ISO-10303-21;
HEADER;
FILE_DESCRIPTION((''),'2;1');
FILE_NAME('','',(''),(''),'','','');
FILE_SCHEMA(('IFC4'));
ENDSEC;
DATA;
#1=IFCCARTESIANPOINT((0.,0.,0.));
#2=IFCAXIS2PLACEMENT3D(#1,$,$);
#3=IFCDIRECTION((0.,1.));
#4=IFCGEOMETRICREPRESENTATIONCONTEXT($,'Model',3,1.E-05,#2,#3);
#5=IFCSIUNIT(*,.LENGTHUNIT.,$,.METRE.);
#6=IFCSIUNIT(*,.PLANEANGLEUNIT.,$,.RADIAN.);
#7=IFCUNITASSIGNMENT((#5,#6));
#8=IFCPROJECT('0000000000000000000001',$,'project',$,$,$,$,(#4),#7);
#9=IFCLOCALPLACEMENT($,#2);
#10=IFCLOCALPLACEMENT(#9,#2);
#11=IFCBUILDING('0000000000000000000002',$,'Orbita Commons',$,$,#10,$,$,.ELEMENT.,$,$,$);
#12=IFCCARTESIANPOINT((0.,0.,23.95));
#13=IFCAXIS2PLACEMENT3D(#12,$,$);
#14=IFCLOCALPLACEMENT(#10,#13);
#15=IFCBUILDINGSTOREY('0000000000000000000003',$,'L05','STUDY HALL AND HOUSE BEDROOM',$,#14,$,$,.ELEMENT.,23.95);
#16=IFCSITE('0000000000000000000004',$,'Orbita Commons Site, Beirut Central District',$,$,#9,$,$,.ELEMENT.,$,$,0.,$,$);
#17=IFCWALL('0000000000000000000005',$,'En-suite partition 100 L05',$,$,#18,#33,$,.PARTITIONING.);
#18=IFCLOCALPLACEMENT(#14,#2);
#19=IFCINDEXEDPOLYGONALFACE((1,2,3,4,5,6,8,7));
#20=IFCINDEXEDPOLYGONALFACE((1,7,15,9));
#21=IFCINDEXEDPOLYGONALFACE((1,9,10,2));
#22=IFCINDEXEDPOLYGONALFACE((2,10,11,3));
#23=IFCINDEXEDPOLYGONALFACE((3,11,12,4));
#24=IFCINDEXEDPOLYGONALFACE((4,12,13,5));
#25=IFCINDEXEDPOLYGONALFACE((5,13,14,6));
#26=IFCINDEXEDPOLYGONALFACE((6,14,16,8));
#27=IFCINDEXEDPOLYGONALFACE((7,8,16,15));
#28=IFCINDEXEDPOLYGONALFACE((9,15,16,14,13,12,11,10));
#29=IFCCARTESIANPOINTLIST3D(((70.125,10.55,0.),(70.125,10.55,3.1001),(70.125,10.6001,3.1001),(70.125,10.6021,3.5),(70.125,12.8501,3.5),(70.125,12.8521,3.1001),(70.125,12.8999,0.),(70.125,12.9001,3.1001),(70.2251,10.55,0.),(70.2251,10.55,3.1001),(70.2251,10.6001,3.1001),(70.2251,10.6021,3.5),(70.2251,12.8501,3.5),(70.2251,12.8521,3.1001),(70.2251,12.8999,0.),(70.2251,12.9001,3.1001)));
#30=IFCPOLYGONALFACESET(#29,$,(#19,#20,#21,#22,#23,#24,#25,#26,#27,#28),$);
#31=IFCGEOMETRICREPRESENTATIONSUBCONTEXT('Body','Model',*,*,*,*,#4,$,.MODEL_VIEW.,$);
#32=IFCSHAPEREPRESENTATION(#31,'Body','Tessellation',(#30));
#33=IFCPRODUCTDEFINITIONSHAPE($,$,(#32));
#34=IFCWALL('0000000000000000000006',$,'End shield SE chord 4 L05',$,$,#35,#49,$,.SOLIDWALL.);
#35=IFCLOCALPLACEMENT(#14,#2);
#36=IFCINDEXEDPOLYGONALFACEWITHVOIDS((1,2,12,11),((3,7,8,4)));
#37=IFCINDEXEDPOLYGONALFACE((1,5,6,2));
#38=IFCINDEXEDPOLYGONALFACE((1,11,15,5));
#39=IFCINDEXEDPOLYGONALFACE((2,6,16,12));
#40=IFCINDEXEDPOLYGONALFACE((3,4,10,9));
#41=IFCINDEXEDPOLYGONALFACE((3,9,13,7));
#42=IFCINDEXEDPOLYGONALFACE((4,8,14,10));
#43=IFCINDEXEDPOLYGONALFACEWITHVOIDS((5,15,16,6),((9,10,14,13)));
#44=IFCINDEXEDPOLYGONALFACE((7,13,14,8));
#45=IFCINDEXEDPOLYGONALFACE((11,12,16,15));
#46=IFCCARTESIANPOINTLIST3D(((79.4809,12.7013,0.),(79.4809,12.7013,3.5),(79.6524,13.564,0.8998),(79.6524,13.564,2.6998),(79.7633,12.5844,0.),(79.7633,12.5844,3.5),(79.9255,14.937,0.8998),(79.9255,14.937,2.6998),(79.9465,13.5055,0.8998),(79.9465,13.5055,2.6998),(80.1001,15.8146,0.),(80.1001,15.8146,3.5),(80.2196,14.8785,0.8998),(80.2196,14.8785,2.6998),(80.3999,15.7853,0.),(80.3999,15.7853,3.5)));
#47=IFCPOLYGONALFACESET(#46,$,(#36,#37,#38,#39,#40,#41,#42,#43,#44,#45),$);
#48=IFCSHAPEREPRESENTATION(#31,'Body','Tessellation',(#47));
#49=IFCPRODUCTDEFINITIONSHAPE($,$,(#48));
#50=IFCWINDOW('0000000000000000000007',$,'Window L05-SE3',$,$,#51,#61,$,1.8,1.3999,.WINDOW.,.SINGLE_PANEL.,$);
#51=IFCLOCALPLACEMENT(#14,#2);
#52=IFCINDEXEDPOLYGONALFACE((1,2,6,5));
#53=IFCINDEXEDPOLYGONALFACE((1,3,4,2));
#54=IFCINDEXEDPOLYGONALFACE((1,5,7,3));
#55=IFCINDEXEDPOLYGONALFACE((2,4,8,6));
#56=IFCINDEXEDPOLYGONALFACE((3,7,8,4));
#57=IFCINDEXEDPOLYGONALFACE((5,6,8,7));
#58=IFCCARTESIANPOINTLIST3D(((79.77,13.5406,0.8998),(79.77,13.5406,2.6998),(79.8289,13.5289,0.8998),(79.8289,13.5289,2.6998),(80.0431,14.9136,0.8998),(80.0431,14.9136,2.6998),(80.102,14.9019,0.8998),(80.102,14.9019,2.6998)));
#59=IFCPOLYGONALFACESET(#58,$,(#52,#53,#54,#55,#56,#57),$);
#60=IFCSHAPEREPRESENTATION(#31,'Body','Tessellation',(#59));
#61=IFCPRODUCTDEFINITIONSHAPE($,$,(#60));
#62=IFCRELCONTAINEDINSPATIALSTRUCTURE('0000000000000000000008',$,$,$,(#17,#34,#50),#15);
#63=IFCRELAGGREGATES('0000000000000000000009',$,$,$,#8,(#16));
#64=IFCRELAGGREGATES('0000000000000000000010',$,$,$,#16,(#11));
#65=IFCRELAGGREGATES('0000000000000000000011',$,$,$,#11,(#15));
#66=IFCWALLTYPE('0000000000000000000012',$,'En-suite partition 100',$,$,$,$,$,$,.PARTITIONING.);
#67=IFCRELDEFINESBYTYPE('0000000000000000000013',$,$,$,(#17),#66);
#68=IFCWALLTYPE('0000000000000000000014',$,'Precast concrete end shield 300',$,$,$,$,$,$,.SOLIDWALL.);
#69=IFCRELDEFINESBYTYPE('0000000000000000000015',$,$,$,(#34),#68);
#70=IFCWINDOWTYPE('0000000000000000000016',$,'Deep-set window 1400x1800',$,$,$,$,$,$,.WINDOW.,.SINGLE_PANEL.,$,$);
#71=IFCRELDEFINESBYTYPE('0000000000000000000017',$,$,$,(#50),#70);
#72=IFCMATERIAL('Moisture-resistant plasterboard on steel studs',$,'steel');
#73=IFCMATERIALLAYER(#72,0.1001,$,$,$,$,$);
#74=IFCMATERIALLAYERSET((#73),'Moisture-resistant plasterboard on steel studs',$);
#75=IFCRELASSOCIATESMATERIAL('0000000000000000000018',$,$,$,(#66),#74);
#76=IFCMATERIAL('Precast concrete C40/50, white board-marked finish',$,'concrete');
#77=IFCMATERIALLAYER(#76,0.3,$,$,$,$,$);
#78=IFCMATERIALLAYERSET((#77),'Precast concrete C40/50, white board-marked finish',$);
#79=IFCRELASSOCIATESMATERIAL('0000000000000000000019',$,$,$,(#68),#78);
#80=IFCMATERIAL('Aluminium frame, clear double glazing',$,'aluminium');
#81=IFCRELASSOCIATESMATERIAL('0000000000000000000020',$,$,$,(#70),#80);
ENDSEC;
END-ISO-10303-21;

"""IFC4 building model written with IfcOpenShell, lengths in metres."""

from ifc_helpers import new_model, si_unit, direction, frame, frame_2d, origin, place, context, subcontext, project, spatial, polyline, rectangle, outline, extrude, material, layer, layer_set, type_object, element, fill, save


model = new_model("IFC4")

# Units and contexts
model_context = context("Model", 3, precision=1e-05, world=origin(), true_north=direction((0.0, 1.0)))
body_context = subcontext(model_context, "Body", "Model", "MODEL_VIEW")
ifc_project = project(units=[si_unit("LENGTHUNIT", "METRE"), si_unit("PLANEANGLEUNIT", "RADIAN")], contexts=[model_context])

# Site, building, storey
site_placement = place(None, origin())
site = spatial("IfcSite", under=ifc_project, at=site_placement, Name="Orbita Commons Site, Beirut Central District", CompositionType="ELEMENT", RefElevation=0.0)
building_placement = place(site_placement, origin())
building = spatial("IfcBuilding", under=site, at=building_placement, Name="Orbita Commons", CompositionType="ELEMENT")
storey_placement = place(building_placement, frame((0.0, 0.0, 23.95)))
storey = spatial("IfcBuildingStorey", under=building, at=storey_placement, Name="L05", Description="STUDY HALL AND HOUSE BEDROOM", CompositionType="ELEMENT", Elevation=23.95)

# Shared definitions
ifc_material_1 = material(Name="Moisture-resistant plasterboard on steel studs", Category="steel")
ifc_layer_1 = layer(ifc_material_1, 0.1001)
ifc_layer_set_1 = layer_set([ifc_layer_1], Name="Moisture-resistant plasterboard on steel studs")
wall_type_1 = type_object("IfcWallType", Name="En-suite partition 100", PredefinedType="PARTITIONING", material=ifc_layer_set_1)

# Wall
wall_1_placement = place(storey_placement, frame((70.175, 10.55, 0.0), z_axis=(0.0, 0.0, 1.0), x_axis=(0.0, 1.0, 0.0)))
element("IfcWall", 1, at=wall_1_placement, inside=storey, type_object=wall_type_1, Name="En-suite partition 100 L05", PredefinedType="PARTITIONING", context=body_context, shape_type="SweptSolid", body=[
    extrude(outline(polyline([(0.0, 0.0), (2.3499, 0.0), (2.3501, 3.1001), (2.302, 3.1001), (2.3, 3.5), (0.052, 3.5), (0.05, 3.1001), (0.0, 3.1001), (0.0, 0.0)])), frame((0.0, 0.05, 0.0), z_axis=(0.0, -1.0, 0.0), x_axis=(1.0, 0.0, 0.0)), (0.0, 0.0, 1.0), 0.1001),
])

# Wall, opening, window
ifc_material_2 = material(Name="Precast concrete C40/50, white board-marked finish", Category="concrete")
ifc_layer_2 = layer(ifc_material_2, 0.3)
ifc_layer_set_2 = layer_set([ifc_layer_2], Name="Precast concrete C40/50, white board-marked finish")
wall_type_2 = type_object("IfcWallType", Name="Precast concrete end shield 300", PredefinedType="SOLIDWALL", material=ifc_layer_set_2)
wall_2_placement = place(storey_placement, frame((79.6221, 12.6428, 0.0), z_axis=(0.0, 0.0, 1.0), x_axis=(0.195066, 0.98079, 0.0)))
wall_2 = element("IfcWall", 2, at=wall_2_placement, inside=storey, type_object=wall_type_2, Name="End shield SE chord 4 L05", PredefinedType="SOLIDWALL", context=body_context, shape_type="SweptSolid", body=[
    extrude(outline(polyline([(-0.0298, -0.1499), (3.2339, -0.1499), (3.2041, 0.1499), (0.0298, 0.1499), (-0.0298, -0.1499)])), origin(), (0.0, 0.0, 1.0), 3.5),
])
opening_1_placement = place(wall_2_placement, frame((0.9094, 0.0, 0.8999)))
opening_1 = element("IfcOpeningElement", 3, at=opening_1_placement, cuts=wall_2, PredefinedType="OPENING", context=body_context, shape_type="SweptSolid", body=[
    extrude(rectangle(XDim=1.3999, YDim=1.8, at=frame_2d((0.7, 0.8999))), frame((0.0, 0.1599, 0.0), z_axis=(0.0, -1.0, 0.0), x_axis=(1.0, 0.0, 0.0)), (0.0, 0.0, 1.0), 0.3201),
])
ifc_material_3 = material(Name="Aluminium frame, clear double glazing", Category="aluminium")
window_type = type_object("IfcWindowType", Name="Deep-set window 1400x1800", PartitioningType="SINGLE_PANEL", PredefinedType="WINDOW", material=ifc_material_3)
window_placement = place(opening_1_placement, origin())
window = element("IfcWindow", 4, at=window_placement, inside=storey, type_object=window_type, Name="Window L05-SE3", OverallHeight=1.8, OverallWidth=1.3999, PartitioningType="SINGLE_PANEL", PredefinedType="WINDOW", context=body_context, shape_type="SweptSolid", body=[
    extrude(rectangle(XDim=1.3999, YDim=1.8, at=frame_2d((0.7, 0.8999))), frame((0.0, 0.03, 0.0), z_axis=(0.0, -1.0, 0.0), x_axis=(1.0, 0.0, 0.0)), (0.0, 0.0, 1.0), 0.0601),
])
fill(opening_1, window)

save(model, "model.ifc")
